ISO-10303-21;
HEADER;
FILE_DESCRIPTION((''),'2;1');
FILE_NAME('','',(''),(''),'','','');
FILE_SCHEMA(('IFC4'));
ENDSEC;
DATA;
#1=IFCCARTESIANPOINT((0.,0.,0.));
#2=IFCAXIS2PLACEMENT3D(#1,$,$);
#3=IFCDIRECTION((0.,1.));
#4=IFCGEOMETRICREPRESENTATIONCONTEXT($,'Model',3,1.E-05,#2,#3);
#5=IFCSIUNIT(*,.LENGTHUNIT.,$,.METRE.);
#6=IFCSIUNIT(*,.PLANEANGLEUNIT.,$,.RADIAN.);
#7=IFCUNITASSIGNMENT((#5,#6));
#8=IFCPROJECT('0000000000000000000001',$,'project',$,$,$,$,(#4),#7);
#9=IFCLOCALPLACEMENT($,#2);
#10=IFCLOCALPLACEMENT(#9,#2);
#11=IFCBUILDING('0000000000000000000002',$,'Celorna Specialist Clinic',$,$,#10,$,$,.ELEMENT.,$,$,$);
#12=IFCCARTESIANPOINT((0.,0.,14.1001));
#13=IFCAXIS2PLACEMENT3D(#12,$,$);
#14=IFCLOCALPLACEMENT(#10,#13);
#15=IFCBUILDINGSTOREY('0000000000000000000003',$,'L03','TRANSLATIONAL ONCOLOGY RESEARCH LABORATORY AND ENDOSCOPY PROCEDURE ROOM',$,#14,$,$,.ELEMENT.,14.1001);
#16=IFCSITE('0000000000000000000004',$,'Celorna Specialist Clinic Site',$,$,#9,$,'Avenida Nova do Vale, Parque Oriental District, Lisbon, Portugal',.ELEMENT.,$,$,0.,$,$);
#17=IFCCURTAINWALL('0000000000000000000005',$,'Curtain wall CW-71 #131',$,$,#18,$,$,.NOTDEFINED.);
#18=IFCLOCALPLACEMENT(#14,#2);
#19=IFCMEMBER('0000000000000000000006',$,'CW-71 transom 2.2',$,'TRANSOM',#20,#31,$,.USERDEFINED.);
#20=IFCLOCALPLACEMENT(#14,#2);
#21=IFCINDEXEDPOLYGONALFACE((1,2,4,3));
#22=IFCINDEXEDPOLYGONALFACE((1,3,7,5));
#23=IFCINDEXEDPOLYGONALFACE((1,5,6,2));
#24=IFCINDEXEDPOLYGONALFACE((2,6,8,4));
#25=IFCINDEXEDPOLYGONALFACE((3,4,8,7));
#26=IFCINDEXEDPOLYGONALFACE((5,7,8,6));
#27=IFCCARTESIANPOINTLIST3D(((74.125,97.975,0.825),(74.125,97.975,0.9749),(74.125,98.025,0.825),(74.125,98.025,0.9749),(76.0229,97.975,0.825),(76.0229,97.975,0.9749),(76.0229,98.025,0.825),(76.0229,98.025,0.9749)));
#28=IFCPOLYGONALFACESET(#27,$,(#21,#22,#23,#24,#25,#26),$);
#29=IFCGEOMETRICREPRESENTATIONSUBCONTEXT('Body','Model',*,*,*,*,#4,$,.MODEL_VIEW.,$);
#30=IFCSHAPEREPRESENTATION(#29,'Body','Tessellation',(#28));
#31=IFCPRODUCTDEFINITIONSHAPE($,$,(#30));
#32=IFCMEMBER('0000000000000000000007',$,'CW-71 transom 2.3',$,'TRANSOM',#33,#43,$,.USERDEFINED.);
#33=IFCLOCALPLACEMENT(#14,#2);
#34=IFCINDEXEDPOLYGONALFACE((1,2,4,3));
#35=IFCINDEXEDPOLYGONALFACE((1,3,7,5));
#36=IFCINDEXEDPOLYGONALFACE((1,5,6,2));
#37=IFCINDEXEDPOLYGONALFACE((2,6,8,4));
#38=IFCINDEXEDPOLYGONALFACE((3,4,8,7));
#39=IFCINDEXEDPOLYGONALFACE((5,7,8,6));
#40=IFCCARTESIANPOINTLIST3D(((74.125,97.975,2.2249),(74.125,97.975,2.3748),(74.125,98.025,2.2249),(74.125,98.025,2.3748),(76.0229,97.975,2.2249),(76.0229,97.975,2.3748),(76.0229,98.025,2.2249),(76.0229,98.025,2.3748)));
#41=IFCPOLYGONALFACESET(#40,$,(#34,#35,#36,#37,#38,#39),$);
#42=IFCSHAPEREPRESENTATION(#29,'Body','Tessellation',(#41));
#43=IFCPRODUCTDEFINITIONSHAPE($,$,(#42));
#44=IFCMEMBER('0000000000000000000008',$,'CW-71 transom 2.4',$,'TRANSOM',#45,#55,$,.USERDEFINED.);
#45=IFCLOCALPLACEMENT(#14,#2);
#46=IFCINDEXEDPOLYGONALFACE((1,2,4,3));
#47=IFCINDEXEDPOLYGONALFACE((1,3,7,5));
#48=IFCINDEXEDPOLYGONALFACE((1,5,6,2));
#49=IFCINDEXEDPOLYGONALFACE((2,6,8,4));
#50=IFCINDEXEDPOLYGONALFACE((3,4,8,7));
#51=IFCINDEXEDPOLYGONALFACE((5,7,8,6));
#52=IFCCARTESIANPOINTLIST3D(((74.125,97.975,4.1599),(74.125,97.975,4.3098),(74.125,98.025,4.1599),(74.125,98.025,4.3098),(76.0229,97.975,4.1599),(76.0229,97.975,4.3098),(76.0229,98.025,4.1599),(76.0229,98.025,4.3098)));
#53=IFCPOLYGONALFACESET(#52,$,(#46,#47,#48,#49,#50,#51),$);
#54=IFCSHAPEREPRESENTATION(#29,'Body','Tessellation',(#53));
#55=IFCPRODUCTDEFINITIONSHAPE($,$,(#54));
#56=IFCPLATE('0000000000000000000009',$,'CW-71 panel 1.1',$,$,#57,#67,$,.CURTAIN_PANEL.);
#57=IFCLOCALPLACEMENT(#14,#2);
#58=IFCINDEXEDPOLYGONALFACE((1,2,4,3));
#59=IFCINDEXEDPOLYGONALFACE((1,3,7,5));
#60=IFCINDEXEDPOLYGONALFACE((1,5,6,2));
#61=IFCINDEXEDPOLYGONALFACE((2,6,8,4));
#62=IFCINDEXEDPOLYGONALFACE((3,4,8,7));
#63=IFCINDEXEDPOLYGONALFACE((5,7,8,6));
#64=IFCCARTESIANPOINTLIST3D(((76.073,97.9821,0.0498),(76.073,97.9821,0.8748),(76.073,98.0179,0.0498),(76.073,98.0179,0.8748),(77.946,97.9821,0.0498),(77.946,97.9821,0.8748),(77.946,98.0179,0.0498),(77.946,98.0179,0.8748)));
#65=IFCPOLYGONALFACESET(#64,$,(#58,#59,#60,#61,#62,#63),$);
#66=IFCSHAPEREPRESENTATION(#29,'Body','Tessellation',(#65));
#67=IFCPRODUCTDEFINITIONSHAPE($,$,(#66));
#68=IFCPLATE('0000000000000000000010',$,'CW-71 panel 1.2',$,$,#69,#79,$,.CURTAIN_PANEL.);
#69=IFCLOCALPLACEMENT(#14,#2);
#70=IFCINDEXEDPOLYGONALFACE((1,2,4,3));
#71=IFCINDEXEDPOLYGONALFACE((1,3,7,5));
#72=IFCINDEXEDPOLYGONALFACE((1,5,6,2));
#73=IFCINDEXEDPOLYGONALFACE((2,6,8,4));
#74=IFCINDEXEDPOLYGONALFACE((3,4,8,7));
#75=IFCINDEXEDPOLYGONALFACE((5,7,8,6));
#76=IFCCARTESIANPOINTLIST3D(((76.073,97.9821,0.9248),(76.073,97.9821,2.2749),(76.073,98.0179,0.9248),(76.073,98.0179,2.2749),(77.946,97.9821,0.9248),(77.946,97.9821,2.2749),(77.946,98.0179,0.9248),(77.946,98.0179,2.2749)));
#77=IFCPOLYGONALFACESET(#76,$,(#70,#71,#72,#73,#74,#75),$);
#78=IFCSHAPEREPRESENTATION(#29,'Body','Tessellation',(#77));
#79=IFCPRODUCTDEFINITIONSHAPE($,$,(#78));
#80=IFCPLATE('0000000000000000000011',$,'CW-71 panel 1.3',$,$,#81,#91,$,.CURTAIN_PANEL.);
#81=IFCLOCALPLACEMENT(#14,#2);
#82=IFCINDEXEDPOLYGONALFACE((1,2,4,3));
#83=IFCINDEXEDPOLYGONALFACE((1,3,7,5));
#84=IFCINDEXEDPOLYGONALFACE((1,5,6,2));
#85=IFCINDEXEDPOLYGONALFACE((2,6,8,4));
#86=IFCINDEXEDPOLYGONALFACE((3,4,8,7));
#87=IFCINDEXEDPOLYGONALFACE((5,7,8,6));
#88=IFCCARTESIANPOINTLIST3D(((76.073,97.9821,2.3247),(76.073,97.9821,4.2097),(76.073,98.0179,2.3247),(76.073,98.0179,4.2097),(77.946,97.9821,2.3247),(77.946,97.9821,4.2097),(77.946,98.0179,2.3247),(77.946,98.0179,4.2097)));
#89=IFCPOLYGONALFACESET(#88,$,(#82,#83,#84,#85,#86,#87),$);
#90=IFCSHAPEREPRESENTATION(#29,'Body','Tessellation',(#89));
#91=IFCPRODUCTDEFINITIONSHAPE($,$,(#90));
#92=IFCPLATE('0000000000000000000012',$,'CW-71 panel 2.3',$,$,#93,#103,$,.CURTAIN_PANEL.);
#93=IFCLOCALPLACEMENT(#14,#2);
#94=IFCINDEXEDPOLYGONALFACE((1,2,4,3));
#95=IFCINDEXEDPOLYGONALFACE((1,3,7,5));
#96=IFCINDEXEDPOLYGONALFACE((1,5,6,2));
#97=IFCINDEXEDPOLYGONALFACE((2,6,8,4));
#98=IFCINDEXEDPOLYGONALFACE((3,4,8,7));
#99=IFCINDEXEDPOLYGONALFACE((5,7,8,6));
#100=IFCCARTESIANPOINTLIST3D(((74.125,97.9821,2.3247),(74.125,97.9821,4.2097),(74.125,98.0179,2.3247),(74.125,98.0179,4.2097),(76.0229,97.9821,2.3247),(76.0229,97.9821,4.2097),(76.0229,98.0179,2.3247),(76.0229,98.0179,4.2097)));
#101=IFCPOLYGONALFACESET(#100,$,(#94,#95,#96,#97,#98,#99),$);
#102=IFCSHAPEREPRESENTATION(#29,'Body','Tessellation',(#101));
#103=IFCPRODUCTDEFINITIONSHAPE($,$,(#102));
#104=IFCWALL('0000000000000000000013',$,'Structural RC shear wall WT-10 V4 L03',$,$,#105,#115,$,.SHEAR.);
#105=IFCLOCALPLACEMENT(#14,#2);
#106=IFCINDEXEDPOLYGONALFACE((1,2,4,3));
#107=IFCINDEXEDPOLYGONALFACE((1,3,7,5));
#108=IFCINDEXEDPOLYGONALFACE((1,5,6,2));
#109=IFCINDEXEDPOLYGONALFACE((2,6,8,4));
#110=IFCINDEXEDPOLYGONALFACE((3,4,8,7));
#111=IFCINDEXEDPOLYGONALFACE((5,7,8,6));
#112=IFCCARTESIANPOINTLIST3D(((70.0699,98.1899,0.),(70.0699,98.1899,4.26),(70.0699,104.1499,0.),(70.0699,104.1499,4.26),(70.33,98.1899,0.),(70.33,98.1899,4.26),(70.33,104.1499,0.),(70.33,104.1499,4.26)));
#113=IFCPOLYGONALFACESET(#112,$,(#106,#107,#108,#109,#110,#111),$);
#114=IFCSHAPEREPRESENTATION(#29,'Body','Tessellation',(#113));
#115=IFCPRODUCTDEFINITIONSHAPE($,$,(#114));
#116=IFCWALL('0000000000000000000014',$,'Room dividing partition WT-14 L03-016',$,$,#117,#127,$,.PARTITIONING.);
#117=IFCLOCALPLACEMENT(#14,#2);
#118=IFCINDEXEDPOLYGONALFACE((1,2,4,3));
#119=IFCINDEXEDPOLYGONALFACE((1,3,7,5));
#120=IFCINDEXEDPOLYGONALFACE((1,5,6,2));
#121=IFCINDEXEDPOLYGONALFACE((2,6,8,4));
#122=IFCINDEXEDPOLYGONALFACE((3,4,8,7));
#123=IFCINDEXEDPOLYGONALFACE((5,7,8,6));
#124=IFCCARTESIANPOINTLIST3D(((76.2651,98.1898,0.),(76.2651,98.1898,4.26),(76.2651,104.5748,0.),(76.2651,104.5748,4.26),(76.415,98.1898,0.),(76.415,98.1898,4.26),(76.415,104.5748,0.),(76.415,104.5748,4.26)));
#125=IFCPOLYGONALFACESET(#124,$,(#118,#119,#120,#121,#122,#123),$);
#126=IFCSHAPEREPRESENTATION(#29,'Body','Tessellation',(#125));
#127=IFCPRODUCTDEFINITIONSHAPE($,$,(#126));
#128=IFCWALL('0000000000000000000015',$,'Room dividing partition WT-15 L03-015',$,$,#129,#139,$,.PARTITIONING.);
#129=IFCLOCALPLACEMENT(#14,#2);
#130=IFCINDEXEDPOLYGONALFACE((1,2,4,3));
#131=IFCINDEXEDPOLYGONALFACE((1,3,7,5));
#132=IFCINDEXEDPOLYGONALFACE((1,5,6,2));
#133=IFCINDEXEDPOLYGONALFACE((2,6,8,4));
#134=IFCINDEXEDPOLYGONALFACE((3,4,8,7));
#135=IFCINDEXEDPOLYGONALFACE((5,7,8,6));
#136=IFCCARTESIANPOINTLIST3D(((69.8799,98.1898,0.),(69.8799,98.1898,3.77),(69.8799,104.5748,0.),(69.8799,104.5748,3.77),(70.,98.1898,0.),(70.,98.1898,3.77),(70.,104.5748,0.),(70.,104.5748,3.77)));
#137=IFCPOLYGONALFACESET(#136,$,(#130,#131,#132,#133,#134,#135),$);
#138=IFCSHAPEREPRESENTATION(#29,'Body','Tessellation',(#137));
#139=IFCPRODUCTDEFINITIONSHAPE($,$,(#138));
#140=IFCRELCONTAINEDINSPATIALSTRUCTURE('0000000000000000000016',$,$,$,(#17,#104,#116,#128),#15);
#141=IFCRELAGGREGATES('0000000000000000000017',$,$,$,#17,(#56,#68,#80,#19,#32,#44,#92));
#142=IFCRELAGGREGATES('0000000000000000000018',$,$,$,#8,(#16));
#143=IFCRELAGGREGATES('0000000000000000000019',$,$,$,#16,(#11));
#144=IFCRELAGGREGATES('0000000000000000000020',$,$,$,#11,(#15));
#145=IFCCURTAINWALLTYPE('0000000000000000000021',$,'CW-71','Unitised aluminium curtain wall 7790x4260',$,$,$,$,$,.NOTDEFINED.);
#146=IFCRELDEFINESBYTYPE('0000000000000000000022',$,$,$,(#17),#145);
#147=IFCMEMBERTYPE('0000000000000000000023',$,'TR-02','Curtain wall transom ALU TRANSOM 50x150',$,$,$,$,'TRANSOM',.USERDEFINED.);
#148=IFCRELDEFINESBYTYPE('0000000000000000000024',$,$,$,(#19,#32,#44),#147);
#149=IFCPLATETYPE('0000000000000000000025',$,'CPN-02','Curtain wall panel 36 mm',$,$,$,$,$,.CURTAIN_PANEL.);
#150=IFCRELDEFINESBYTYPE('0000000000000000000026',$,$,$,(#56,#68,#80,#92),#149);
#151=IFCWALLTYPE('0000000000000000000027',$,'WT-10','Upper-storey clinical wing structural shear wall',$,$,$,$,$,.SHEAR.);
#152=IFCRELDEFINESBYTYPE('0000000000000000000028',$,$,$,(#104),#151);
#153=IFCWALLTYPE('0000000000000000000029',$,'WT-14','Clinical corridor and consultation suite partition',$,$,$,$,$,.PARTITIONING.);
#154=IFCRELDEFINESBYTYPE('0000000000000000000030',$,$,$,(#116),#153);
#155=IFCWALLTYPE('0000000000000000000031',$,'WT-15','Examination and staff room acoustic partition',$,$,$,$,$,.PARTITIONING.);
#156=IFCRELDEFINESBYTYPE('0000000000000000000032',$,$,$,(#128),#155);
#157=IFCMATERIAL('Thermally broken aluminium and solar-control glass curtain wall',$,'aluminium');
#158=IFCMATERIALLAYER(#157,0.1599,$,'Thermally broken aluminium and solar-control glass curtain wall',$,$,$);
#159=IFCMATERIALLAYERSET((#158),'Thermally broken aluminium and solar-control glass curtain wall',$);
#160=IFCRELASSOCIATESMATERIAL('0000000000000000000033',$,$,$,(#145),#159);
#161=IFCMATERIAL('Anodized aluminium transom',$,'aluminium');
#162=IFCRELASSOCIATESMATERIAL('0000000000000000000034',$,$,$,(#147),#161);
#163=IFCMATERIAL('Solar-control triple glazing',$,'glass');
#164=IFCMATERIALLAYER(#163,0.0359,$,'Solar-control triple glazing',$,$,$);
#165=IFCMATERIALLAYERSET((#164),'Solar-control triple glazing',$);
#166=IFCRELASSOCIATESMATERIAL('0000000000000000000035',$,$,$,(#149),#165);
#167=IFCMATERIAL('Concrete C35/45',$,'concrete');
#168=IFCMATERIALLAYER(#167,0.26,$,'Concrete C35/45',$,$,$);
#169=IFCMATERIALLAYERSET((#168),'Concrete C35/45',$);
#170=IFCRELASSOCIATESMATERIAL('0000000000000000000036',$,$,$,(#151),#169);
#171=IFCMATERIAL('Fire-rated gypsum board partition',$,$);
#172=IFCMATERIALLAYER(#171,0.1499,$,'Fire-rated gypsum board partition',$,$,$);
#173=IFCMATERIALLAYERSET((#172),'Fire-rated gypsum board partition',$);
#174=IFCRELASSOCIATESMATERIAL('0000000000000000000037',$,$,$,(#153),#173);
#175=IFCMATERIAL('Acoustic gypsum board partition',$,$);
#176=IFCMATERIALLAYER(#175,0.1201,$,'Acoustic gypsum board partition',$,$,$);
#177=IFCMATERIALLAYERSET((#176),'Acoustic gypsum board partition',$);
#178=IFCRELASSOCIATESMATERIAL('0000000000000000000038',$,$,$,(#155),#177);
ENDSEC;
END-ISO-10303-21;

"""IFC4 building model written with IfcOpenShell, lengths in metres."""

from ifc_helpers import new_model, si_unit, direction, frame, frame_2d, origin, origin_2d, place, context, subcontext, project, spatial, rectangle, extrude, material, layer, layer_set, material_profile, profile_set, type_object, element, aggregate, save


model = new_model("IFC4")

# Units and contexts
model_context = context("Model", 3, precision=1e-05, world=origin(), true_north=direction((0.0, 1.0)))
body_context = subcontext(model_context, "Body", "Model", "MODEL_VIEW")
ifc_project = project(units=[si_unit("LENGTHUNIT", "METRE"), si_unit("PLANEANGLEUNIT", "RADIAN")], contexts=[model_context])

# Site, building, storey
site_placement = place(None, origin())
site = spatial("IfcSite", under=ifc_project, at=site_placement, Name="Celorna Specialist Clinic Site", LongName="Avenida Nova do Vale, Parque Oriental District, Lisbon, Portugal", CompositionType="ELEMENT", RefElevation=0.0)
building_placement = place(site_placement, origin())
building = spatial("IfcBuilding", under=site, at=building_placement, Name="Celorna Specialist Clinic", CompositionType="ELEMENT")
storey_placement = place(building_placement, frame((0.0, 0.0, 14.1001)))
storey = spatial("IfcBuildingStorey", under=building, at=storey_placement, Name="L03", Description="TRANSLATIONAL ONCOLOGY RESEARCH LABORATORY AND ENDOSCOPY PROCEDURE ROOM", CompositionType="ELEMENT", Elevation=14.1001)

# Shared definitions
ifc_material_1 = material(Name="Concrete C35/45", Category="concrete")

# Curtain wall, members, plates
ifc_material_2 = material(Name="Thermally broken aluminium and solar-control glass curtain wall", Category="aluminium")
ifc_layer_1 = layer(ifc_material_2, 0.1599, Name="Thermally broken aluminium and solar-control glass curtain wall")
ifc_layer_set_1 = layer_set([ifc_layer_1], Name="Thermally broken aluminium and solar-control glass curtain wall")
curtain_wall_type = type_object("IfcCurtainWallType", Name="CW-71", Description="Unitised aluminium curtain wall 7790x4260", PredefinedType="NOTDEFINED", material=ifc_layer_set_1)
curtain_wall_placement = place(storey_placement, origin())
curtain_wall = element("IfcCurtainWall", 1, at=curtain_wall_placement, inside=storey, type_object=curtain_wall_type, Name="Curtain wall CW-71 #131", PredefinedType="NOTDEFINED")
ifc_material_3 = material(Name="Anodized aluminium transom", Category="aluminium")
ifc_material_profile_1 = material_profile(ifc_material_3, rectangle(XDim=0.05, YDim=0.1499, at=origin_2d()), Name="ALU TRANSOM 50x150")
ifc_profile_set_1 = profile_set([ifc_material_profile_1], Name="Anodized aluminium transom")
member_type_1 = type_object("IfcMemberType", Name="TR-02", Description="Curtain wall transom ALU TRANSOM 50x150", ElementType="TRANSOM", PredefinedType="USERDEFINED", material=ifc_profile_set_1)
member_1_placement = place(storey_placement, frame((76.0229, 98.0, 0.8999), z_axis=(-1.0, 0.0, 0.0), x_axis=(0.0, -1.0, 0.0)))
member_1 = element("IfcMember", 2, at=member_1_placement, type_object=member_type_1, Name="CW-71 transom 2.2", ObjectType="TRANSOM", PredefinedType="USERDEFINED", context=body_context, shape_type="SweptSolid", body=[
    extrude(rectangle(XDim=0.05, YDim=0.1499, at=origin_2d()), origin(), (0.0, 0.0, 1.0), 1.8979),
])
member_2_placement = place(storey_placement, frame((76.0229, 98.0, 2.2998), z_axis=(-1.0, 0.0, 0.0), x_axis=(0.0, -1.0, 0.0)))
member_2 = element("IfcMember", 3, at=member_2_placement, type_object=member_type_1, Name="CW-71 transom 2.3", ObjectType="TRANSOM", PredefinedType="USERDEFINED", context=body_context, shape_type="SweptSolid", body=[
    extrude(rectangle(XDim=0.05, YDim=0.1499, at=origin_2d()), origin(), (0.0, 0.0, 1.0), 1.8979),
])
member_3_placement = place(storey_placement, frame((76.0229, 98.0, 4.2349), z_axis=(-1.0, 0.0, 0.0), x_axis=(0.0, -1.0, 0.0)))
member_3 = element("IfcMember", 4, at=member_3_placement, type_object=member_type_1, Name="CW-71 transom 2.4", ObjectType="TRANSOM", PredefinedType="USERDEFINED", context=body_context, shape_type="SweptSolid", body=[
    extrude(rectangle(XDim=0.05, YDim=0.1499, at=origin_2d()), origin(), (0.0, 0.0, 1.0), 1.8979),
])
ifc_material_4 = material(Name="Solar-control triple glazing", Category="glass")
ifc_layer_2 = layer(ifc_material_4, 0.0359, Name="Solar-control triple glazing")
ifc_layer_set_2 = layer_set([ifc_layer_2], Name="Solar-control triple glazing")
plate_type = type_object("IfcPlateType", Name="CPN-02", Description="Curtain wall panel 36 mm", PredefinedType="CURTAIN_PANEL", material=ifc_layer_set_2)
plate_1_placement = place(storey_placement, frame((77.0095, 98.0, 0.0498), z_axis=(0.0, 0.0, 1.0), x_axis=(-1.0, 0.0, 0.0)))
plate_1 = element("IfcPlate", 5, at=plate_1_placement, type_object=plate_type, Name="CW-71 panel 1.1", PredefinedType="CURTAIN_PANEL", context=body_context, shape_type="SweptSolid", body=[
    extrude(rectangle(XDim=1.873, YDim=0.0359, at=origin_2d()), origin(), (0.0, 0.0, 1.0), 0.825),
])
plate_2_placement = place(storey_placement, frame((77.0095, 98.0, 0.9248), z_axis=(0.0, 0.0, 1.0), x_axis=(-1.0, 0.0, 0.0)))
plate_2 = element("IfcPlate", 6, at=plate_2_placement, type_object=plate_type, Name="CW-71 panel 1.2", PredefinedType="CURTAIN_PANEL", context=body_context, shape_type="SweptSolid", body=[
    extrude(rectangle(XDim=1.873, YDim=0.0359, at=origin_2d()), origin(), (0.0, 0.0, 1.0), 1.3501),
])
plate_3_placement = place(storey_placement, frame((77.0095, 98.0, 2.3247), z_axis=(0.0, 0.0, 1.0), x_axis=(-1.0, 0.0, 0.0)))
plate_3 = element("IfcPlate", 7, at=plate_3_placement, type_object=plate_type, Name="CW-71 panel 1.3", PredefinedType="CURTAIN_PANEL", context=body_context, shape_type="SweptSolid", body=[
    extrude(rectangle(XDim=1.873, YDim=0.0359, at=origin_2d()), origin(), (0.0, 0.0, 1.0), 1.885),
])
plate_4_placement = place(storey_placement, frame((75.074, 98.0, 2.3247), z_axis=(0.0, 0.0, 1.0), x_axis=(-1.0, 0.0, 0.0)))
plate_4 = element("IfcPlate", 8, at=plate_4_placement, type_object=plate_type, Name="CW-71 panel 2.3", PredefinedType="CURTAIN_PANEL", context=body_context, shape_type="SweptSolid", body=[
    extrude(rectangle(XDim=1.8979, YDim=0.0359, at=origin_2d()), origin(), (0.0, 0.0, 1.0), 1.885),
])
aggregate(curtain_wall, [plate_1, plate_2, plate_3, member_1, member_2, member_3, plate_4])

# Walls
ifc_layer_3 = layer(ifc_material_1, 0.26, Name="Concrete C35/45")
ifc_layer_set_3 = layer_set([ifc_layer_3], Name="Concrete C35/45")
wall_type_1 = type_object("IfcWallType", Name="WT-10", Description="Upper-storey clinical wing structural shear wall", PredefinedType="SHEAR", material=ifc_layer_set_3)
wall_1_placement = place(storey_placement, frame((70.2, 98.1899, 0.0), z_axis=(0.0, 0.0, 1.0), x_axis=(0.0, 1.0, 0.0)))
element("IfcWall", 9, at=wall_1_placement, inside=storey, type_object=wall_type_1, Name="Structural RC shear wall WT-10 V4 L03", PredefinedType="SHEAR", context=body_context, shape_type="SweptSolid", body=[
    extrude(rectangle(XDim=5.96, YDim=0.26, at=frame_2d((2.98, 0.0))), origin(), (0.0, 0.0, 1.0), 4.26),
])
ifc_material_5 = material(Name="Fire-rated gypsum board partition")
ifc_layer_4 = layer(ifc_material_5, 0.1499, Name="Fire-rated gypsum board partition")
ifc_layer_set_4 = layer_set([ifc_layer_4], Name="Fire-rated gypsum board partition")
wall_type_2 = type_object("IfcWallType", Name="WT-14", Description="Clinical corridor and consultation suite partition", PredefinedType="PARTITIONING", material=ifc_layer_set_4)
wall_2_placement = place(storey_placement, frame((76.3401, 98.1899, 0.0), z_axis=(0.0, 0.0, 1.0), x_axis=(0.0, 1.0, 0.0)))
element("IfcWall", 10, at=wall_2_placement, inside=storey, type_object=wall_type_2, Name="Room dividing partition WT-14 L03-016", PredefinedType="PARTITIONING", context=body_context, shape_type="SweptSolid", body=[
    extrude(rectangle(XDim=6.385, YDim=0.1499, at=frame_2d((3.1924, 0.0))), origin(), (0.0, 0.0, 1.0), 4.26),
])
ifc_material_6 = material(Name="Acoustic gypsum board partition")
ifc_layer_5 = layer(ifc_material_6, 0.1201, Name="Acoustic gypsum board partition")
ifc_layer_set_5 = layer_set([ifc_layer_5], Name="Acoustic gypsum board partition")
wall_type_3 = type_object("IfcWallType", Name="WT-15", Description="Examination and staff room acoustic partition", PredefinedType="PARTITIONING", material=ifc_layer_set_5)
wall_3_placement = place(storey_placement, frame((69.9399, 98.1899, 0.0), z_axis=(0.0, 0.0, 1.0), x_axis=(0.0, 1.0, 0.0)))
element("IfcWall", 11, at=wall_3_placement, inside=storey, type_object=wall_type_3, Name="Room dividing partition WT-15 L03-015", PredefinedType="PARTITIONING", context=body_context, shape_type="SweptSolid", body=[
    extrude(rectangle(XDim=6.385, YDim=0.1201, at=frame_2d((3.1924, 0.0))), origin(), (0.0, 0.0, 1.0), 3.77),
])

save(model, "model.ifc")
